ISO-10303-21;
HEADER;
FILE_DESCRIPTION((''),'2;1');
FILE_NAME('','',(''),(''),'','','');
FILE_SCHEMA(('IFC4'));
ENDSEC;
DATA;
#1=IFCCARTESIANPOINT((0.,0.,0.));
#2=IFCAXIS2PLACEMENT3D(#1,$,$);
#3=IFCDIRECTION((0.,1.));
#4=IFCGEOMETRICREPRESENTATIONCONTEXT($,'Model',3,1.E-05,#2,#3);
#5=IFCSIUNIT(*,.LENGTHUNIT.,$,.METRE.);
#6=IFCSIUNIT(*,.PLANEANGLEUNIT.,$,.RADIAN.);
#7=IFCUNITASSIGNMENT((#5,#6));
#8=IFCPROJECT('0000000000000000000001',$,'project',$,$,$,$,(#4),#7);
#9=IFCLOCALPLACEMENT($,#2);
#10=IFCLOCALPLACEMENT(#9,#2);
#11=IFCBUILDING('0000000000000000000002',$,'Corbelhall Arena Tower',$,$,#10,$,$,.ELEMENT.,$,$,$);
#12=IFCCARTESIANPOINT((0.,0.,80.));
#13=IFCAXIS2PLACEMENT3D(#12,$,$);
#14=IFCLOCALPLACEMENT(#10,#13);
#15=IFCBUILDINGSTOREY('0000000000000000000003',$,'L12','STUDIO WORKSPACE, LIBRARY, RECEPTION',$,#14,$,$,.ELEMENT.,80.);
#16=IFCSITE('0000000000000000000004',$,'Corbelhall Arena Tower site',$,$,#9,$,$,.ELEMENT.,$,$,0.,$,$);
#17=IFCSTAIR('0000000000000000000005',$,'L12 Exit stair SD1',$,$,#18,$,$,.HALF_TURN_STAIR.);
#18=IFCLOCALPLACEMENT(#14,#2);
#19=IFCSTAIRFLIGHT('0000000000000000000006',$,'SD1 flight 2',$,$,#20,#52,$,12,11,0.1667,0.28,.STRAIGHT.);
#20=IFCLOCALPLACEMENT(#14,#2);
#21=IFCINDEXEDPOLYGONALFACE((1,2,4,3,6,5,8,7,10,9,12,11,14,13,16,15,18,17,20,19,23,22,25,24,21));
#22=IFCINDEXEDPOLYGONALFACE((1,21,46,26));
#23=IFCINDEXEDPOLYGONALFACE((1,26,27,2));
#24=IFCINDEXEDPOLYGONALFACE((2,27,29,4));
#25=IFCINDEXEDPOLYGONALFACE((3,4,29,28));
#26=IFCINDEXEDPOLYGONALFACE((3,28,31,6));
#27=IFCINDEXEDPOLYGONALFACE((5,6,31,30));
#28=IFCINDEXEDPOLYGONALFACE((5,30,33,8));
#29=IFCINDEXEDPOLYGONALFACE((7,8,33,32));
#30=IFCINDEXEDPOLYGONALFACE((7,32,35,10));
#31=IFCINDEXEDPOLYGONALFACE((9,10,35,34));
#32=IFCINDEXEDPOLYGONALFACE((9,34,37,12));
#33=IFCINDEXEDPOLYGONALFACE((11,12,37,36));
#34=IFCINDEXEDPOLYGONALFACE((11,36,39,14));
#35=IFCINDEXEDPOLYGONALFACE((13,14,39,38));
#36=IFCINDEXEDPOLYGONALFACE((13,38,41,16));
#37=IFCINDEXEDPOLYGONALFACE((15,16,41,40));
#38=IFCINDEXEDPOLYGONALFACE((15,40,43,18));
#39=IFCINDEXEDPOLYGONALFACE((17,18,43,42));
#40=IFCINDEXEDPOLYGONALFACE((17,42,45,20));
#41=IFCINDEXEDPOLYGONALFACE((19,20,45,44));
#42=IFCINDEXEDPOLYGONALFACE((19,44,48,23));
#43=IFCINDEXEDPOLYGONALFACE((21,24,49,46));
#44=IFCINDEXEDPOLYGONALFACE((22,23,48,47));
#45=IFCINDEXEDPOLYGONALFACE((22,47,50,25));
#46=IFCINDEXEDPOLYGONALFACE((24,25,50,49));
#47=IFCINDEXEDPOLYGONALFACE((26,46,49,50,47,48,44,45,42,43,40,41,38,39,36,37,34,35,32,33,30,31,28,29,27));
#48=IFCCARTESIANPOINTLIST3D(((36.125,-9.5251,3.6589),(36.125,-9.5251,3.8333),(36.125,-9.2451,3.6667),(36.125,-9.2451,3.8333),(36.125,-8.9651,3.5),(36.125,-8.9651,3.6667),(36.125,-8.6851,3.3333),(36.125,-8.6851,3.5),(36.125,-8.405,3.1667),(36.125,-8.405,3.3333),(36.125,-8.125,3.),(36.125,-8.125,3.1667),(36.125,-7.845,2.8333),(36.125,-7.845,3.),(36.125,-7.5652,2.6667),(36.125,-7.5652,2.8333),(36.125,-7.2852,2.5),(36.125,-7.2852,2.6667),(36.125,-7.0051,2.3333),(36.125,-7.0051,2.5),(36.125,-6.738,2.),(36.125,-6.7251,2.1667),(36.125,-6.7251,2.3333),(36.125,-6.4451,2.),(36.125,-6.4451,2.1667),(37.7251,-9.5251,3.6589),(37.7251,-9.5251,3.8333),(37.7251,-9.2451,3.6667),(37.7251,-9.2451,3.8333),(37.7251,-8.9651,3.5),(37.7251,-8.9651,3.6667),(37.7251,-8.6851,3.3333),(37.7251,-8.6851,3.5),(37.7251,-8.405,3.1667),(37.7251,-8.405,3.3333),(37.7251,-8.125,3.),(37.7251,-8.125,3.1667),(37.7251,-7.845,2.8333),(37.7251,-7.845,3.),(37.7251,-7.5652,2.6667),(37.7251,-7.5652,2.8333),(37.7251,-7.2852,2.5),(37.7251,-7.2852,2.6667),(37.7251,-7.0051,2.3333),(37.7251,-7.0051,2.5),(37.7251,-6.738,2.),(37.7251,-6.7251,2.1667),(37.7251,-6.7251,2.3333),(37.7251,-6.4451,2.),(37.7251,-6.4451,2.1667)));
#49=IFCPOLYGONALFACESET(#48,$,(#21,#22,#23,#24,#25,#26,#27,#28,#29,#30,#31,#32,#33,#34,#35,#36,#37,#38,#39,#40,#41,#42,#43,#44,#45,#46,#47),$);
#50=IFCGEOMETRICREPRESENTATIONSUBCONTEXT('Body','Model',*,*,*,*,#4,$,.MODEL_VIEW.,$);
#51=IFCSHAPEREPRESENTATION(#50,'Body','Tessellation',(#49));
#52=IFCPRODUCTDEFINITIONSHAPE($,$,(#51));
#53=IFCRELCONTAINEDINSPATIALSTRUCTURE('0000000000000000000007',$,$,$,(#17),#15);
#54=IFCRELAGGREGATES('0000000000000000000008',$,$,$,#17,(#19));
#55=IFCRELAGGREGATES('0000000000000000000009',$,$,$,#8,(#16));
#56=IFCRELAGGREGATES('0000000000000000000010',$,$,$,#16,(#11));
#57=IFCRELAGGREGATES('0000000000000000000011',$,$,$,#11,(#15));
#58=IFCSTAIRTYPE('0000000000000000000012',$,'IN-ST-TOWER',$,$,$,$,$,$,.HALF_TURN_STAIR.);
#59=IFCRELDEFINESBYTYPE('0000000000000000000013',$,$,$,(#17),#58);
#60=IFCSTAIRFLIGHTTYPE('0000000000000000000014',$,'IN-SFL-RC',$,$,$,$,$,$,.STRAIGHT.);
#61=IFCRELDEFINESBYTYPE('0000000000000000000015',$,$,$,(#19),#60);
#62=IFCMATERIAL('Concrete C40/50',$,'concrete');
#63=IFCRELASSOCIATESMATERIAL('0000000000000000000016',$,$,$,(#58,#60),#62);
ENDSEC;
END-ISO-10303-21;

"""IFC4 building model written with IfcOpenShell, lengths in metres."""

from ifc_helpers import new_model, si_unit, direction, frame, origin, place, context, subcontext, project, spatial, polyline, outline, extrude, material, type_object, element, aggregate, save


model = new_model("IFC4")

# Units and contexts
model_context = context("Model", 3, precision=1e-05, world=origin(), true_north=direction((0.0, 1.0)))
body_context = subcontext(model_context, "Body", "Model", "MODEL_VIEW")
ifc_project = project(units=[si_unit("LENGTHUNIT", "METRE"), si_unit("PLANEANGLEUNIT", "RADIAN")], contexts=[model_context])

# Site, building, storey
site_placement = place(None, origin())
site = spatial("IfcSite", under=ifc_project, at=site_placement, Name="Corbelhall Arena Tower site", CompositionType="ELEMENT", RefElevation=0.0)
building_placement = place(site_placement, origin())
building = spatial("IfcBuilding", under=site, at=building_placement, Name="Corbelhall Arena Tower", CompositionType="ELEMENT")
storey_placement = place(building_placement, frame((0.0, 0.0, 80.0)))
storey = spatial("IfcBuildingStorey", under=building, at=storey_placement, Name="L12", Description="STUDIO WORKSPACE, LIBRARY, RECEPTION", CompositionType="ELEMENT", Elevation=80.0)

# Shared definitions
ifc_material_1 = material(Name="Concrete C40/50", Category="concrete")

# Stair, stair flight
stair_type = type_object("IfcStairType", Name="IN-ST-TOWER", PredefinedType="HALF_TURN_STAIR", material=ifc_material_1)
stair_placement = place(storey_placement, origin())
stair = element("IfcStair", 1, at=stair_placement, inside=storey, type_object=stair_type, Name="L12 Exit stair SD1", PredefinedType="HALF_TURN_STAIR")
stair_flight_type = type_object("IfcStairFlightType", Name="IN-SFL-RC", PredefinedType="STRAIGHT", material=ifc_material_1)
stair_flight_placement = place(storey_placement, frame((36.925, -6.4451, 2.0), z_axis=(0.0, 0.0, 1.0), x_axis=(0.0, -1.0, 0.0)))
stair_flight = element("IfcStairFlight", 2, at=stair_flight_placement, type_object=stair_flight_type, Name="SD1 flight 2", NumberOfRisers=12, NumberOfTreads=11, PredefinedType="STRAIGHT", RiserHeight=0.1667, TreadLength=0.28, context=body_context, shape_type="SweptSolid", body=[
    extrude(outline(polyline([(0.0, 0.0), (0.0, 0.1667), (0.28, 0.1667), (0.28, 0.3333), (0.5601, 0.3333), (0.5601, 0.5), (0.8401, 0.5), (0.8401, 0.6667), (1.1201, 0.6667), (1.1201, 0.8333), (1.3999, 0.8333), (1.3999, 1.0), (1.6799, 1.0), (1.6799, 1.1667), (1.96, 1.1667), (1.96, 1.3333), (2.24, 1.3333), (2.24, 1.5), (2.52, 1.5), (2.52, 1.6667), (2.8, 1.6667), (2.8, 1.8333), (3.0801, 1.8333), (3.0801, 2.0), (3.0801, 1.6589), (0.293, 0.0), (0.0, 0.0)])), frame((0.0, 0.8, 0.0), z_axis=(0.0, -1.0, 0.0), x_axis=(1.0, 0.0, 0.0)), (0.0, 0.0, 1.0), 1.6001),
])
aggregate(stair, [stair_flight])

save(model, "model.ifc")
